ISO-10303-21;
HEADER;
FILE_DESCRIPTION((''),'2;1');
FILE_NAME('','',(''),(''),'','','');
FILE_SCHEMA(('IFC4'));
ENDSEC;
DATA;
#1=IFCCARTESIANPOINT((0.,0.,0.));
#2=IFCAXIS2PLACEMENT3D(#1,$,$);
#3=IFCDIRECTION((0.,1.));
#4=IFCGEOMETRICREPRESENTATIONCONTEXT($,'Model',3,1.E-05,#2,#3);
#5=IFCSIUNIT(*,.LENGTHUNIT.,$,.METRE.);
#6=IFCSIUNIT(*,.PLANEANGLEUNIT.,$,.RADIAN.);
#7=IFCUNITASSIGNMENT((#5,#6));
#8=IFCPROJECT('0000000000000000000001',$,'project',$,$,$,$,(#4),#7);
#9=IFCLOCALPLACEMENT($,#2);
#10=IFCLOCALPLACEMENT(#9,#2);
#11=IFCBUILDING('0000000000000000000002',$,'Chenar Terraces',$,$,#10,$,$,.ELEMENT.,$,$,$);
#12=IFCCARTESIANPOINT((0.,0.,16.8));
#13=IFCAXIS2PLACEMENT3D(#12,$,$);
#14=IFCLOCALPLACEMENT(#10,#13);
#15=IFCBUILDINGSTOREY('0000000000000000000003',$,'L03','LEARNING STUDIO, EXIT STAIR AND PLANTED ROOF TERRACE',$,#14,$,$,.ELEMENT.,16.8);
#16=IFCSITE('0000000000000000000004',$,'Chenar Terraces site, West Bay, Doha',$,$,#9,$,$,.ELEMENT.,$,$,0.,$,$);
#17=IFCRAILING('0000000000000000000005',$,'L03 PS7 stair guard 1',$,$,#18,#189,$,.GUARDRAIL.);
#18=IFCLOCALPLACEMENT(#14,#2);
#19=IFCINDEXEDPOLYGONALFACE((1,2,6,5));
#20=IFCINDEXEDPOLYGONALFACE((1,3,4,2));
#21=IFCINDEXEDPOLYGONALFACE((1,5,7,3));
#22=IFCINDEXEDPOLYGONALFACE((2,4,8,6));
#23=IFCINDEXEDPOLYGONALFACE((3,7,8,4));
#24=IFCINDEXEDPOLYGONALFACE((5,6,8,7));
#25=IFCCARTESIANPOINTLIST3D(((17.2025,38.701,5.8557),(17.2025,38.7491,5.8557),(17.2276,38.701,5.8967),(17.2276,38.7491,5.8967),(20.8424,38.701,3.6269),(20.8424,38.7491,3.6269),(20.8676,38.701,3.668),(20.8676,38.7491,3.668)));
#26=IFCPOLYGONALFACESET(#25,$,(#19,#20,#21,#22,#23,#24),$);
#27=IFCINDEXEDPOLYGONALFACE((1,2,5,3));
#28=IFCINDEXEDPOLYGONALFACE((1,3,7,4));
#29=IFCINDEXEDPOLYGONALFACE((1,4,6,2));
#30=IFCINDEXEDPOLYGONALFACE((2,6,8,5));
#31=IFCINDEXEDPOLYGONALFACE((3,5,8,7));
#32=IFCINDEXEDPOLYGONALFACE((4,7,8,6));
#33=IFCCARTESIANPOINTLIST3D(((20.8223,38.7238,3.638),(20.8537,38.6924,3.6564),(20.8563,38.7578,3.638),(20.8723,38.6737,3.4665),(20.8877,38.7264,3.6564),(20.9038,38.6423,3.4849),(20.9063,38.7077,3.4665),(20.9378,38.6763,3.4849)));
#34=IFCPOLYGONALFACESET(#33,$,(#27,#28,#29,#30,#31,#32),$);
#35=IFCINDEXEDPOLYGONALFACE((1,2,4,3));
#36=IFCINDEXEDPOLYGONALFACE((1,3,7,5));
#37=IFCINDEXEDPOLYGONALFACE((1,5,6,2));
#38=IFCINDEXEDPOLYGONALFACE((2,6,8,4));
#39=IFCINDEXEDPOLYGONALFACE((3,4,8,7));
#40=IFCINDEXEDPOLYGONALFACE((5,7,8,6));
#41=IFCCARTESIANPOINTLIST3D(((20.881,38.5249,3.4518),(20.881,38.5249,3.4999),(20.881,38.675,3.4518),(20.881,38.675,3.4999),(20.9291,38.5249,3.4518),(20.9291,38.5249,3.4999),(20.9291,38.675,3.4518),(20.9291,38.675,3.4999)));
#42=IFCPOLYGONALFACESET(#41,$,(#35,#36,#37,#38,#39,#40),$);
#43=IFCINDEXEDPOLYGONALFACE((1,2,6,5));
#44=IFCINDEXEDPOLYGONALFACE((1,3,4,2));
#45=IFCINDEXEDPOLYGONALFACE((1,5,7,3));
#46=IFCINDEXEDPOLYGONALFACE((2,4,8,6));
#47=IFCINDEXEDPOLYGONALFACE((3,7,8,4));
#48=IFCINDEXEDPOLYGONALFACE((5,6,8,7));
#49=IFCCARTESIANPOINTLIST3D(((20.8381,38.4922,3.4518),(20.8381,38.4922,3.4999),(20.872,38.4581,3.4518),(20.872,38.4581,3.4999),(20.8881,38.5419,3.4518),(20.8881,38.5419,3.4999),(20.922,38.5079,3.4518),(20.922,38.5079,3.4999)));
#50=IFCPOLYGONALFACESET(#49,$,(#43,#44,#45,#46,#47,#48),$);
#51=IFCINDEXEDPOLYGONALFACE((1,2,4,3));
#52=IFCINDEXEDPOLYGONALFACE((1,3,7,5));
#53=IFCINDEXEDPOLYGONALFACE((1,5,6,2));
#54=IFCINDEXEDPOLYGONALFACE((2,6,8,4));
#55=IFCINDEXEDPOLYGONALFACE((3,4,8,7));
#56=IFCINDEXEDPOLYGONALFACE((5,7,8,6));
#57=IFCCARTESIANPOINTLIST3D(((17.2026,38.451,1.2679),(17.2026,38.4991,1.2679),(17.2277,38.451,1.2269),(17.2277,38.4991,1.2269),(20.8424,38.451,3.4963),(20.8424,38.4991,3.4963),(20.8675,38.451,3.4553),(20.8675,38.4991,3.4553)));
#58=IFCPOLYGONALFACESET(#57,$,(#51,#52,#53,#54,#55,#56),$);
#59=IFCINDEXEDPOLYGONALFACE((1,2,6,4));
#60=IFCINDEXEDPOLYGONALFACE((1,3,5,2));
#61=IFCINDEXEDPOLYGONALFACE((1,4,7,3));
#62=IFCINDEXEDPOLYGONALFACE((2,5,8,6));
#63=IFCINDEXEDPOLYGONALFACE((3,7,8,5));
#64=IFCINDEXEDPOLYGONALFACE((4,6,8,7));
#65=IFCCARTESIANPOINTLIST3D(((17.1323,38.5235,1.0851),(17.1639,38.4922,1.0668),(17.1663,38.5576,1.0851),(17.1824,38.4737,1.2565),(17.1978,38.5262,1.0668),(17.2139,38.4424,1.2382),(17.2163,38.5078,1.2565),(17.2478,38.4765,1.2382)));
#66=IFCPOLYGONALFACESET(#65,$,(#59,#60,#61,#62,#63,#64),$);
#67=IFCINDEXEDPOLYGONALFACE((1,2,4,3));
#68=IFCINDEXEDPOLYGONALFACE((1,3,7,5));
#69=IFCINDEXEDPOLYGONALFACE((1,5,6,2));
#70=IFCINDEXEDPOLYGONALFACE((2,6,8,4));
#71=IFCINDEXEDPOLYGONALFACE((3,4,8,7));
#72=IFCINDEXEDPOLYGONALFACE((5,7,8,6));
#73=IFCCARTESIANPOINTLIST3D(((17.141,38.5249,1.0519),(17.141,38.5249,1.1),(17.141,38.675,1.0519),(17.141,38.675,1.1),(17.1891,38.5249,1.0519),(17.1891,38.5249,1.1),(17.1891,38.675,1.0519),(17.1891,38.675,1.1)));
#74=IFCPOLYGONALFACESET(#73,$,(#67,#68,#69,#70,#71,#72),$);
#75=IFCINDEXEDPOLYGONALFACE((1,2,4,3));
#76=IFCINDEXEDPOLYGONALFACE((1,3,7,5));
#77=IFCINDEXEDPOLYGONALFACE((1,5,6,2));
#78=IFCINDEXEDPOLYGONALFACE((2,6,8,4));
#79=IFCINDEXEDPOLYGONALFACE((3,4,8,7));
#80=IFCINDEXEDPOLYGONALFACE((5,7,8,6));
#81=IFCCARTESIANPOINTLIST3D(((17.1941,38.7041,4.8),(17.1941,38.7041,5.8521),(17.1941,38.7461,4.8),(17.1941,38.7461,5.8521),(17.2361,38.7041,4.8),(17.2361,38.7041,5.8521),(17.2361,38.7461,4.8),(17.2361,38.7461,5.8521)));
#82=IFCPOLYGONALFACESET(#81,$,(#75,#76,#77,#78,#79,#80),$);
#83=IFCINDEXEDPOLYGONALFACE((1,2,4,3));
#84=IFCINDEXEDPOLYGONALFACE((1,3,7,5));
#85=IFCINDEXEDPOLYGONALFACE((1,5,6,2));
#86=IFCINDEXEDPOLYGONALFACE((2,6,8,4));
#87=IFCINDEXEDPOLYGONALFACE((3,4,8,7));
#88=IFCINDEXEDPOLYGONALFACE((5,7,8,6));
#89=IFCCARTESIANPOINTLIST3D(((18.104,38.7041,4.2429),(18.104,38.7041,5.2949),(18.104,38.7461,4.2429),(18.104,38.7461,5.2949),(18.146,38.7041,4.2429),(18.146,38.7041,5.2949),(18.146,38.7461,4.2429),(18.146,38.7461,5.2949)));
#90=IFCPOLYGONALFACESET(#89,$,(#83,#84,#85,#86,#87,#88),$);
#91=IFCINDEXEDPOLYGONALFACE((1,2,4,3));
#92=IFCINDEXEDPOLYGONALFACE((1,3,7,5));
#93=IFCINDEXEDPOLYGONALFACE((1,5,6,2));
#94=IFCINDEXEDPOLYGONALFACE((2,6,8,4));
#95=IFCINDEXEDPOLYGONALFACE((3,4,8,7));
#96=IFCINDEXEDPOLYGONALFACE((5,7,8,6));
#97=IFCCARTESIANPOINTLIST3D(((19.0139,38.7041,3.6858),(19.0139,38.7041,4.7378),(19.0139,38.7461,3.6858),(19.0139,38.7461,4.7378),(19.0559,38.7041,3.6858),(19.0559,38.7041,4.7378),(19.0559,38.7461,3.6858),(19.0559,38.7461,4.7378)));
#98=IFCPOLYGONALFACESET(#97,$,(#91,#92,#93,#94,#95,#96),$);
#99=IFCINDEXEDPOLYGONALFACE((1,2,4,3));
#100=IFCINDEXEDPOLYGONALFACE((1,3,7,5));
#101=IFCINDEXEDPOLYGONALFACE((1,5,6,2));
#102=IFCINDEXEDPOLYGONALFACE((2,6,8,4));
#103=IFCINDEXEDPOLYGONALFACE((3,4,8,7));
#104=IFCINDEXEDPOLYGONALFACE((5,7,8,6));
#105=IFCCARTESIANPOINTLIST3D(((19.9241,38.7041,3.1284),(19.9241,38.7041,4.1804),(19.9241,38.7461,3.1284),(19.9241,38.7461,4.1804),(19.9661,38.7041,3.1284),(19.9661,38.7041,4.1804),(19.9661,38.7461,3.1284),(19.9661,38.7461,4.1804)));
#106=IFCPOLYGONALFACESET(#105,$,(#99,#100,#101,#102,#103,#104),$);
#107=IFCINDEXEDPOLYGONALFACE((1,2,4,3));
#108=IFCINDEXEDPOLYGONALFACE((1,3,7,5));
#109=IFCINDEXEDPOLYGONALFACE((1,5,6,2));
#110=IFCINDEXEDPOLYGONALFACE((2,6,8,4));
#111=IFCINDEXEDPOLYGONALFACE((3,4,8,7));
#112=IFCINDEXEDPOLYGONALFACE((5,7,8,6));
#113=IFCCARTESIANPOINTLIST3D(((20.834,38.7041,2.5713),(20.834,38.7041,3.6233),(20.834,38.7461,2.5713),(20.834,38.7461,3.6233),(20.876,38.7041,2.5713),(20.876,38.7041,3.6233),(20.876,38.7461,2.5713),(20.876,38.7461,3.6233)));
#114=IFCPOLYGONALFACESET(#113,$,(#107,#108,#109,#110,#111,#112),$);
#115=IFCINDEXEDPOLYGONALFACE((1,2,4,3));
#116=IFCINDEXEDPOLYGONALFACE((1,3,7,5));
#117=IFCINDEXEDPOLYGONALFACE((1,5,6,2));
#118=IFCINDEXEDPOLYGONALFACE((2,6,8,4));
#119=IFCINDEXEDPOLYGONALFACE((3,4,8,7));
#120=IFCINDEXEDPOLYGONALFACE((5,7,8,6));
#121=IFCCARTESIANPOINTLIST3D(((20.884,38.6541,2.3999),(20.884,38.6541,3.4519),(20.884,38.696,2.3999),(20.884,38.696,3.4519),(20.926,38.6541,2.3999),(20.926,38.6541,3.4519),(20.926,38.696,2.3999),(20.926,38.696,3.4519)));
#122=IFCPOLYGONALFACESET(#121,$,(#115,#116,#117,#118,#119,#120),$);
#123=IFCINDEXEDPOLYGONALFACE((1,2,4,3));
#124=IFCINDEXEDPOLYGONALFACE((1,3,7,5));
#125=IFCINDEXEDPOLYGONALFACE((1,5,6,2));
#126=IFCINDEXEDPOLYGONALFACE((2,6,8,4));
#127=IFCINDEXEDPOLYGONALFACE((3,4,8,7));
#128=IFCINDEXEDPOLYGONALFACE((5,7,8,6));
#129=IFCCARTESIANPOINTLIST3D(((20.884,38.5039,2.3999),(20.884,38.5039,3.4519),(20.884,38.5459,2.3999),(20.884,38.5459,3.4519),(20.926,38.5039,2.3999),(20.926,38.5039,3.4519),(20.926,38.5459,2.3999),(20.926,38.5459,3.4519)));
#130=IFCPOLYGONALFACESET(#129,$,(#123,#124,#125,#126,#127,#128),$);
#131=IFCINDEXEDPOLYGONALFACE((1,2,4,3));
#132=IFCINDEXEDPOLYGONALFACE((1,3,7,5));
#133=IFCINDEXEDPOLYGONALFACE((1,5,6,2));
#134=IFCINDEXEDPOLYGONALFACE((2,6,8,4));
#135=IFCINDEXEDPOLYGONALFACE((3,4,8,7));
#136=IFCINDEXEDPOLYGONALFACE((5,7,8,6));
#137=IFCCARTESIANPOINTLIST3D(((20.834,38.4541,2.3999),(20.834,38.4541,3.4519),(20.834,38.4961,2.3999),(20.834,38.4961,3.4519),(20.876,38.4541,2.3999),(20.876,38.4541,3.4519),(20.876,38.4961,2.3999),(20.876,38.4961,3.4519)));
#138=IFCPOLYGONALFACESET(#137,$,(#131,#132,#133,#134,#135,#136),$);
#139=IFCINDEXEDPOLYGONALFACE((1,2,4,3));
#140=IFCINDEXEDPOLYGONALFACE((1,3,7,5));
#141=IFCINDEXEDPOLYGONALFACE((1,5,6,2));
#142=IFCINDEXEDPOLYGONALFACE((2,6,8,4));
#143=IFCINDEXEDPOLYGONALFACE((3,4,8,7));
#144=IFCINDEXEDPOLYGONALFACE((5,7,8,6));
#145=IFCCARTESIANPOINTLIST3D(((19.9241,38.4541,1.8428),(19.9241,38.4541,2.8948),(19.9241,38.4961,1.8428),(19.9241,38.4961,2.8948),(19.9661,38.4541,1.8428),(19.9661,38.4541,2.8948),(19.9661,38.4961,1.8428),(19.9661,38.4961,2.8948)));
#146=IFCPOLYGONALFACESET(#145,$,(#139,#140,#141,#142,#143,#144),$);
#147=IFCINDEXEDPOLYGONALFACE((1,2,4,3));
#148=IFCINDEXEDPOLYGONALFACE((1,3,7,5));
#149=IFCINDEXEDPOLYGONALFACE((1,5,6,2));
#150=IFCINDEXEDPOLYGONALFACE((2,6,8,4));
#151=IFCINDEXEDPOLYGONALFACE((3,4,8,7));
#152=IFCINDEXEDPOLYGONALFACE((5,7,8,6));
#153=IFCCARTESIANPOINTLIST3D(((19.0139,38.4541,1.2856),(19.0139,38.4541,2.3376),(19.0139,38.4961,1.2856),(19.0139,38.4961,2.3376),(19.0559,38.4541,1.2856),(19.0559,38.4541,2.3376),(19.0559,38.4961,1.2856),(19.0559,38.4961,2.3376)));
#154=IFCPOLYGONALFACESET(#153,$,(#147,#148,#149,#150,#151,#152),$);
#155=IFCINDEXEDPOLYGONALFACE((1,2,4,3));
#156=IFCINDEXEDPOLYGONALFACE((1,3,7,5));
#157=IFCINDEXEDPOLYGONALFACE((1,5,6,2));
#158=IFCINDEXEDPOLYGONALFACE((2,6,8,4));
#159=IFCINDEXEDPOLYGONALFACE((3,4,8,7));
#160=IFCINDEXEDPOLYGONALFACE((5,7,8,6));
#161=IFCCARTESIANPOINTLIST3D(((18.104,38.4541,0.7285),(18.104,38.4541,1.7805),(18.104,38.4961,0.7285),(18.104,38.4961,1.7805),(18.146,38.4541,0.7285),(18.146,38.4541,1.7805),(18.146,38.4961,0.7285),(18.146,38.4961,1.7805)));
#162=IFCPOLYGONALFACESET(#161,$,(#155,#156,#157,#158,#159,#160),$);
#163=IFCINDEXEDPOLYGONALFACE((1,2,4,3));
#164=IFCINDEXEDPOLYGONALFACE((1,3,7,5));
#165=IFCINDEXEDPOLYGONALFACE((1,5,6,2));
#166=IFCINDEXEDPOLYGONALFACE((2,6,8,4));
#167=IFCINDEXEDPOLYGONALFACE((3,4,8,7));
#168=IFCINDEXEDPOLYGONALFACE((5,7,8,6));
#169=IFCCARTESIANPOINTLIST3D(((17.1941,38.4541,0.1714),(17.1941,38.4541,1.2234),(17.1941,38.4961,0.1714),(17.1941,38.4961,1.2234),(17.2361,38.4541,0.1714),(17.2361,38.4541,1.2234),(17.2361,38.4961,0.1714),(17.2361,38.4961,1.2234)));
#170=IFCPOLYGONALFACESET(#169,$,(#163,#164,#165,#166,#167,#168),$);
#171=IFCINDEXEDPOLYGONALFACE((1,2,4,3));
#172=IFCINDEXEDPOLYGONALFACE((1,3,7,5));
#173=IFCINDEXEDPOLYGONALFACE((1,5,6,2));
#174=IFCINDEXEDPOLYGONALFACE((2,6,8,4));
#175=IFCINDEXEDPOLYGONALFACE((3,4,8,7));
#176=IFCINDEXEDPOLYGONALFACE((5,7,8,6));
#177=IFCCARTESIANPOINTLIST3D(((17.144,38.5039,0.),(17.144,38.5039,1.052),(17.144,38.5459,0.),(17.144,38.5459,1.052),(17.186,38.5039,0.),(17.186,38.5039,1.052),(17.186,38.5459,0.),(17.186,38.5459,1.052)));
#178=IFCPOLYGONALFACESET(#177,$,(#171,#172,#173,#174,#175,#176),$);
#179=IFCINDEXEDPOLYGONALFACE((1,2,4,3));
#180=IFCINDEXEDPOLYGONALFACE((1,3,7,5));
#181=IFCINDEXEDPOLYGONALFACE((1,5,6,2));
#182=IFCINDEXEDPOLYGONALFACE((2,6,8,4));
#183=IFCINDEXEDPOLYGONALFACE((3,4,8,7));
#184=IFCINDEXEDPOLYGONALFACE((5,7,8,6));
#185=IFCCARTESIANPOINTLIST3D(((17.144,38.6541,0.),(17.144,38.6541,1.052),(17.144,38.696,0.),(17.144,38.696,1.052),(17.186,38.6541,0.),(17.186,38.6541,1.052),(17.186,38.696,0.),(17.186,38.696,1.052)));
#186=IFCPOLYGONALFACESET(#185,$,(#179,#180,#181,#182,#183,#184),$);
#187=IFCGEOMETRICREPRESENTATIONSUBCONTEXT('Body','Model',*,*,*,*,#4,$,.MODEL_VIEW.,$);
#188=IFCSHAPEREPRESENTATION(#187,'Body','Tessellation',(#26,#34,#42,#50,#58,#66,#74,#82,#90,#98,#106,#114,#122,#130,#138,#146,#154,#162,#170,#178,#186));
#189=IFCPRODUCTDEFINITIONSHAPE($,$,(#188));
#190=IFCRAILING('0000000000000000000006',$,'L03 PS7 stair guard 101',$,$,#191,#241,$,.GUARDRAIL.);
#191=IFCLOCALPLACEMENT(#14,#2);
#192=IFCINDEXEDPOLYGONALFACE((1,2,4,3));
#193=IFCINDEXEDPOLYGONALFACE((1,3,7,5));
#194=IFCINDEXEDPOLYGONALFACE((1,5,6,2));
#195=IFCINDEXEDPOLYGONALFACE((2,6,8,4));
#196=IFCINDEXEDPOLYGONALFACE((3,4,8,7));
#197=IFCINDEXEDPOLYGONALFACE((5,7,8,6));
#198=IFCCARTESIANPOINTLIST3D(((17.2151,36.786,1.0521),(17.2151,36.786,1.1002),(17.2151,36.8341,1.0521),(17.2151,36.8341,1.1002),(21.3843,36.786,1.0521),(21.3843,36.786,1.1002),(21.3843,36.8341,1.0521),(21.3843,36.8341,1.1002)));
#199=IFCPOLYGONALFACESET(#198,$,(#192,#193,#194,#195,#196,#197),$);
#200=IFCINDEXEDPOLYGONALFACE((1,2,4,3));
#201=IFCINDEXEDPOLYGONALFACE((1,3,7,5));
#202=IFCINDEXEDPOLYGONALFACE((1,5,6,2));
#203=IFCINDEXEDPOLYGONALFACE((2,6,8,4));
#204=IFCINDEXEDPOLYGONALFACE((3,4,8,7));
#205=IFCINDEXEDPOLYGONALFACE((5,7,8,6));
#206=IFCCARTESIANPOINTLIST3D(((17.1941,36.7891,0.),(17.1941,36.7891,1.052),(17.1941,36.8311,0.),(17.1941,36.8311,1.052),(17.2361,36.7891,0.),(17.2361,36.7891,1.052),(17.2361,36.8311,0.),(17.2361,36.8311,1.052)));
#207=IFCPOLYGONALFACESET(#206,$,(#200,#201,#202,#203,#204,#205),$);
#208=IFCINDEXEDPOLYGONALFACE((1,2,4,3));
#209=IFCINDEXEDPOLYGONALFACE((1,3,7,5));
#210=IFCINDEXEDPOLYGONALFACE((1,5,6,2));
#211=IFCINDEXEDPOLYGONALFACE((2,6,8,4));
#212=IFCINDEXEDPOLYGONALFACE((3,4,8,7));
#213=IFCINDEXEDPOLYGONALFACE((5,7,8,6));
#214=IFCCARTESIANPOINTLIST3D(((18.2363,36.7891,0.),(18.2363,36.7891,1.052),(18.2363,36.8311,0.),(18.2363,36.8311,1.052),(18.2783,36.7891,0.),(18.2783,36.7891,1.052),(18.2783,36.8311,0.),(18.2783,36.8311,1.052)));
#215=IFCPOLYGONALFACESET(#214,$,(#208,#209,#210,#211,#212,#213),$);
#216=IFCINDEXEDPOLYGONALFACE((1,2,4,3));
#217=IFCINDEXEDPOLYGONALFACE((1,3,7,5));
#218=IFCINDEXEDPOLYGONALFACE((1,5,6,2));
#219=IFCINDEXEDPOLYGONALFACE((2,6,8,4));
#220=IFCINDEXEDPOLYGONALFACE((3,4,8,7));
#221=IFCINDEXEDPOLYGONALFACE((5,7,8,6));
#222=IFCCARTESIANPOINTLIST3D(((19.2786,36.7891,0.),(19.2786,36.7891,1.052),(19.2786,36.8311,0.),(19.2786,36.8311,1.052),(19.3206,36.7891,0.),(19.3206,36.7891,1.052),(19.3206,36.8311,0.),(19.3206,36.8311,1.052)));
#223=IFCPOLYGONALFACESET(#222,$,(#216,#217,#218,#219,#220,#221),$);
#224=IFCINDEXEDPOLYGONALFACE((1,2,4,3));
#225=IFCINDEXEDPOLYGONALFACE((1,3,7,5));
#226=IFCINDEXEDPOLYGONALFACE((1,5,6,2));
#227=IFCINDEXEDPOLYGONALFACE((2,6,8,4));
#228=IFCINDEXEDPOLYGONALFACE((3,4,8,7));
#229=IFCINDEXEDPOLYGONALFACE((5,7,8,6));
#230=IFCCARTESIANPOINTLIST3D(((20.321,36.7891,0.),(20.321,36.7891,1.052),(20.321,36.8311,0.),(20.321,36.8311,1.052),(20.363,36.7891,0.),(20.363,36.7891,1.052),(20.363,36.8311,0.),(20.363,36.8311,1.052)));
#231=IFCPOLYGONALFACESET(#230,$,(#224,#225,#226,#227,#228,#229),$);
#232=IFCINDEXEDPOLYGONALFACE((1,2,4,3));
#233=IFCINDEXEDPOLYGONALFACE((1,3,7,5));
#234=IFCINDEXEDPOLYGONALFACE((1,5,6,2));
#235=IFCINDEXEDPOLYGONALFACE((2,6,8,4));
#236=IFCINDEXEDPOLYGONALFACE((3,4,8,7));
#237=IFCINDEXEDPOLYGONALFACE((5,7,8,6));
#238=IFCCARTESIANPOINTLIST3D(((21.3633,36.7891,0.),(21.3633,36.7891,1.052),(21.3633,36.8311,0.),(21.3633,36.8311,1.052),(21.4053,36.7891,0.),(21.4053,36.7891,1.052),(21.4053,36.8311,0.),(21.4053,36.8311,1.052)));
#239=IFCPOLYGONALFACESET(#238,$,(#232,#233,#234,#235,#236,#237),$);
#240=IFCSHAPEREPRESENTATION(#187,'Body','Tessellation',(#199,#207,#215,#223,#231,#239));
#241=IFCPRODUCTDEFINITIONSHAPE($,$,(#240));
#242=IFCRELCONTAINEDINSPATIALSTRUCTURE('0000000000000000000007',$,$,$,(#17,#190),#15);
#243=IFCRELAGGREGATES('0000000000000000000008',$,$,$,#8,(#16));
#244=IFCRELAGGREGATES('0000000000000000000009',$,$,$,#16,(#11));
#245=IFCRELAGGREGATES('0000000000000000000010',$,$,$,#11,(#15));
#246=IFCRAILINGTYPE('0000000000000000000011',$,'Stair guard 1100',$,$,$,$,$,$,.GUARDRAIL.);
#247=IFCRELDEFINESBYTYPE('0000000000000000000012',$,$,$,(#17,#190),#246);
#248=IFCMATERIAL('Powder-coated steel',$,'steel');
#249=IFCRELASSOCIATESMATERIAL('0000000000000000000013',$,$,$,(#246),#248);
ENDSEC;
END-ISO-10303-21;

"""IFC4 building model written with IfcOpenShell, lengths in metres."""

from ifc_helpers import new_model, si_unit, direction, frame, origin, origin_2d, place, context, subcontext, project, spatial, rectangle, extrude, material, type_object, element, save


model = new_model("IFC4")

# Units and contexts
model_context = context("Model", 3, precision=1e-05, world=origin(), true_north=direction((0.0, 1.0)))
body_context = subcontext(model_context, "Body", "Model", "MODEL_VIEW")
ifc_project = project(units=[si_unit("LENGTHUNIT", "METRE"), si_unit("PLANEANGLEUNIT", "RADIAN")], contexts=[model_context])

# Site, building, storey
site_placement = place(None, origin())
site = spatial("IfcSite", under=ifc_project, at=site_placement, Name="Chenar Terraces site, West Bay, Doha", CompositionType="ELEMENT", RefElevation=0.0)
building_placement = place(site_placement, origin())
building = spatial("IfcBuilding", under=site, at=building_placement, Name="Chenar Terraces", CompositionType="ELEMENT")
storey_placement = place(building_placement, frame((0.0, 0.0, 16.8)))
storey = spatial("IfcBuildingStorey", under=building, at=storey_placement, Name="L03", Description="LEARNING STUDIO, EXIT STAIR AND PLANTED ROOF TERRACE", CompositionType="ELEMENT", Elevation=16.8)

# Railings
ifc_material_1 = material(Name="Powder-coated steel", Category="steel")
railing_type_1 = type_object("IfcRailingType", Name="Stair guard 1100", PredefinedType="GUARDRAIL", material=ifc_material_1)
railing_1_placement = place(storey_placement, frame((17.2151, 38.7251, 4.8)))
element("IfcRailing", 1, at=railing_1_placement, inside=storey, type_object=railing_type_1, Name="L03 PS7 stair guard 1", PredefinedType="GUARDRAIL", context=body_context, shape_type="SweptSolid", body=[
    extrude(rectangle(XDim=0.0481, YDim=0.0481, at=origin_2d()), frame((0.0, 0.0, 1.0762), z_axis=(0.852825, 0.0, -0.522197), x_axis=(0.0, 1.0, 0.0)), (0.0, 0.0, 1.0), 4.2681),
    extrude(rectangle(XDim=0.0481, YDim=0.0481, at=origin_2d()), frame((3.6399, 0.0, -1.1528), z_axis=(0.269911, -0.269911, -0.924281), x_axis=(0.707107, 0.707107, 0.0)), (0.0, 0.0, 1.0), 0.1855),
    extrude(rectangle(XDim=0.0481, YDim=0.0481, at=origin_2d()), frame((3.6899, -0.05, -1.3242), z_axis=(0.0, -1.0, 0.0), x_axis=(1.0, 0.0, 0.0)), (0.0, 0.0, 1.0), 0.1501),
    extrude(rectangle(XDim=0.0481, YDim=0.0481, at=origin_2d()), frame((3.6899, -0.2002, -1.3242), z_axis=(-0.708834, -0.705376, 0.0), x_axis=(0.705376, -0.708834, 0.0)), (0.0, 0.0, 1.0), 0.0706),
    extrude(rectangle(XDim=0.0481, YDim=0.0481, at=origin_2d()), frame((3.6399, -0.25, -1.3242), z_axis=(-0.85285, 0.0, -0.522156), x_axis=(0.0, -1.0, 0.0)), (0.0, 0.0, 1.0), 4.2678),
    extrude(rectangle(XDim=0.0481, YDim=0.0481, at=origin_2d()), frame((0.0, -0.25, -3.5527), z_axis=(-0.270007, 0.26869, -0.924609), x_axis=(-0.705376, -0.708834, 0.0)), (0.0, 0.0, 1.0), 0.1853),
    extrude(rectangle(XDim=0.0481, YDim=0.0481, at=origin_2d()), frame((-0.05, -0.2002, -3.7241), z_axis=(0.0, 1.0, 0.0), x_axis=(-1.0, 0.0, 0.0)), (0.0, 0.0, 1.0), 0.1501),
    extrude(rectangle(XDim=0.042, YDim=0.042, at=origin_2d()), origin(), (0.0, 0.0, 1.0), 1.052),
    extrude(rectangle(XDim=0.042, YDim=0.042, at=origin_2d()), frame((0.9099, 0.0, -0.5571)), (0.0, 0.0, 1.0), 1.052),
    extrude(rectangle(XDim=0.042, YDim=0.042, at=origin_2d()), frame((1.8198, 0.0, -1.1143)), (0.0, 0.0, 1.0), 1.052),
    extrude(rectangle(XDim=0.042, YDim=0.042, at=origin_2d()), frame((2.73, 0.0, -1.6716)), (0.0, 0.0, 1.0), 1.052),
    extrude(rectangle(XDim=0.042, YDim=0.042, at=origin_2d()), frame((3.6399, 0.0, -2.2288)), (0.0, 0.0, 1.0), 1.052),
    extrude(rectangle(XDim=0.042, YDim=0.042, at=origin_2d()), frame((3.6899, -0.05, -2.4001)), (0.0, 0.0, 1.0), 1.052),
    extrude(rectangle(XDim=0.042, YDim=0.042, at=origin_2d()), frame((3.6899, -0.2002, -2.4001)), (0.0, 0.0, 1.0), 1.052),
    extrude(rectangle(XDim=0.042, YDim=0.042, at=origin_2d()), frame((3.6399, -0.25, -2.4001)), (0.0, 0.0, 1.0), 1.052),
    extrude(rectangle(XDim=0.042, YDim=0.042, at=origin_2d()), frame((2.73, -0.25, -2.9573)), (0.0, 0.0, 1.0), 1.052),
    extrude(rectangle(XDim=0.042, YDim=0.042, at=origin_2d()), frame((1.8198, -0.25, -3.5144)), (0.0, 0.0, 1.0), 1.052),
    extrude(rectangle(XDim=0.042, YDim=0.042, at=origin_2d()), frame((0.9099, -0.25, -4.0715)), (0.0, 0.0, 1.0), 1.052),
    extrude(rectangle(XDim=0.042, YDim=0.042, at=origin_2d()), frame((0.0, -0.25, -4.6287)), (0.0, 0.0, 1.0), 1.052),
    extrude(rectangle(XDim=0.042, YDim=0.042, at=origin_2d()), frame((-0.05, -0.2002, -4.8)), (0.0, 0.0, 1.0), 1.052),
    extrude(rectangle(XDim=0.042, YDim=0.042, at=origin_2d()), frame((-0.05, -0.05, -4.8)), (0.0, 0.0, 1.0), 1.052),
])
railing_2_placement = place(storey_placement, frame((17.2151, 36.8101, 0.0)))
element("IfcRailing", 2, at=railing_2_placement, inside=storey, type_object=railing_type_1, Name="L03 PS7 stair guard 101", PredefinedType="GUARDRAIL", context=body_context, shape_type="SweptSolid", body=[
    extrude(rectangle(XDim=0.0481, YDim=0.0481, at=origin_2d()), frame((0.0, 0.0, 1.0762), z_axis=(1.0, 0.0, 0.0), x_axis=(0.0, 1.0, 0.0)), (0.0, 0.0, 1.0), 4.1692),
    extrude(rectangle(XDim=0.042, YDim=0.042, at=origin_2d()), origin(), (0.0, 0.0, 1.0), 1.052),
    extrude(rectangle(XDim=0.042, YDim=0.042, at=origin_2d()), frame((1.0422, 0.0, 0.0)), (0.0, 0.0, 1.0), 1.052),
    extrude(rectangle(XDim=0.042, YDim=0.042, at=origin_2d()), frame((2.0845, 0.0, 0.0)), (0.0, 0.0, 1.0), 1.052),
    extrude(rectangle(XDim=0.042, YDim=0.042, at=origin_2d()), frame((3.127, 0.0, 0.0)), (0.0, 0.0, 1.0), 1.052),
    extrude(rectangle(XDim=0.042, YDim=0.042, at=origin_2d()), frame((4.1692, 0.0, 0.0)), (0.0, 0.0, 1.0), 1.052),
])

save(model, "model.ifc")
